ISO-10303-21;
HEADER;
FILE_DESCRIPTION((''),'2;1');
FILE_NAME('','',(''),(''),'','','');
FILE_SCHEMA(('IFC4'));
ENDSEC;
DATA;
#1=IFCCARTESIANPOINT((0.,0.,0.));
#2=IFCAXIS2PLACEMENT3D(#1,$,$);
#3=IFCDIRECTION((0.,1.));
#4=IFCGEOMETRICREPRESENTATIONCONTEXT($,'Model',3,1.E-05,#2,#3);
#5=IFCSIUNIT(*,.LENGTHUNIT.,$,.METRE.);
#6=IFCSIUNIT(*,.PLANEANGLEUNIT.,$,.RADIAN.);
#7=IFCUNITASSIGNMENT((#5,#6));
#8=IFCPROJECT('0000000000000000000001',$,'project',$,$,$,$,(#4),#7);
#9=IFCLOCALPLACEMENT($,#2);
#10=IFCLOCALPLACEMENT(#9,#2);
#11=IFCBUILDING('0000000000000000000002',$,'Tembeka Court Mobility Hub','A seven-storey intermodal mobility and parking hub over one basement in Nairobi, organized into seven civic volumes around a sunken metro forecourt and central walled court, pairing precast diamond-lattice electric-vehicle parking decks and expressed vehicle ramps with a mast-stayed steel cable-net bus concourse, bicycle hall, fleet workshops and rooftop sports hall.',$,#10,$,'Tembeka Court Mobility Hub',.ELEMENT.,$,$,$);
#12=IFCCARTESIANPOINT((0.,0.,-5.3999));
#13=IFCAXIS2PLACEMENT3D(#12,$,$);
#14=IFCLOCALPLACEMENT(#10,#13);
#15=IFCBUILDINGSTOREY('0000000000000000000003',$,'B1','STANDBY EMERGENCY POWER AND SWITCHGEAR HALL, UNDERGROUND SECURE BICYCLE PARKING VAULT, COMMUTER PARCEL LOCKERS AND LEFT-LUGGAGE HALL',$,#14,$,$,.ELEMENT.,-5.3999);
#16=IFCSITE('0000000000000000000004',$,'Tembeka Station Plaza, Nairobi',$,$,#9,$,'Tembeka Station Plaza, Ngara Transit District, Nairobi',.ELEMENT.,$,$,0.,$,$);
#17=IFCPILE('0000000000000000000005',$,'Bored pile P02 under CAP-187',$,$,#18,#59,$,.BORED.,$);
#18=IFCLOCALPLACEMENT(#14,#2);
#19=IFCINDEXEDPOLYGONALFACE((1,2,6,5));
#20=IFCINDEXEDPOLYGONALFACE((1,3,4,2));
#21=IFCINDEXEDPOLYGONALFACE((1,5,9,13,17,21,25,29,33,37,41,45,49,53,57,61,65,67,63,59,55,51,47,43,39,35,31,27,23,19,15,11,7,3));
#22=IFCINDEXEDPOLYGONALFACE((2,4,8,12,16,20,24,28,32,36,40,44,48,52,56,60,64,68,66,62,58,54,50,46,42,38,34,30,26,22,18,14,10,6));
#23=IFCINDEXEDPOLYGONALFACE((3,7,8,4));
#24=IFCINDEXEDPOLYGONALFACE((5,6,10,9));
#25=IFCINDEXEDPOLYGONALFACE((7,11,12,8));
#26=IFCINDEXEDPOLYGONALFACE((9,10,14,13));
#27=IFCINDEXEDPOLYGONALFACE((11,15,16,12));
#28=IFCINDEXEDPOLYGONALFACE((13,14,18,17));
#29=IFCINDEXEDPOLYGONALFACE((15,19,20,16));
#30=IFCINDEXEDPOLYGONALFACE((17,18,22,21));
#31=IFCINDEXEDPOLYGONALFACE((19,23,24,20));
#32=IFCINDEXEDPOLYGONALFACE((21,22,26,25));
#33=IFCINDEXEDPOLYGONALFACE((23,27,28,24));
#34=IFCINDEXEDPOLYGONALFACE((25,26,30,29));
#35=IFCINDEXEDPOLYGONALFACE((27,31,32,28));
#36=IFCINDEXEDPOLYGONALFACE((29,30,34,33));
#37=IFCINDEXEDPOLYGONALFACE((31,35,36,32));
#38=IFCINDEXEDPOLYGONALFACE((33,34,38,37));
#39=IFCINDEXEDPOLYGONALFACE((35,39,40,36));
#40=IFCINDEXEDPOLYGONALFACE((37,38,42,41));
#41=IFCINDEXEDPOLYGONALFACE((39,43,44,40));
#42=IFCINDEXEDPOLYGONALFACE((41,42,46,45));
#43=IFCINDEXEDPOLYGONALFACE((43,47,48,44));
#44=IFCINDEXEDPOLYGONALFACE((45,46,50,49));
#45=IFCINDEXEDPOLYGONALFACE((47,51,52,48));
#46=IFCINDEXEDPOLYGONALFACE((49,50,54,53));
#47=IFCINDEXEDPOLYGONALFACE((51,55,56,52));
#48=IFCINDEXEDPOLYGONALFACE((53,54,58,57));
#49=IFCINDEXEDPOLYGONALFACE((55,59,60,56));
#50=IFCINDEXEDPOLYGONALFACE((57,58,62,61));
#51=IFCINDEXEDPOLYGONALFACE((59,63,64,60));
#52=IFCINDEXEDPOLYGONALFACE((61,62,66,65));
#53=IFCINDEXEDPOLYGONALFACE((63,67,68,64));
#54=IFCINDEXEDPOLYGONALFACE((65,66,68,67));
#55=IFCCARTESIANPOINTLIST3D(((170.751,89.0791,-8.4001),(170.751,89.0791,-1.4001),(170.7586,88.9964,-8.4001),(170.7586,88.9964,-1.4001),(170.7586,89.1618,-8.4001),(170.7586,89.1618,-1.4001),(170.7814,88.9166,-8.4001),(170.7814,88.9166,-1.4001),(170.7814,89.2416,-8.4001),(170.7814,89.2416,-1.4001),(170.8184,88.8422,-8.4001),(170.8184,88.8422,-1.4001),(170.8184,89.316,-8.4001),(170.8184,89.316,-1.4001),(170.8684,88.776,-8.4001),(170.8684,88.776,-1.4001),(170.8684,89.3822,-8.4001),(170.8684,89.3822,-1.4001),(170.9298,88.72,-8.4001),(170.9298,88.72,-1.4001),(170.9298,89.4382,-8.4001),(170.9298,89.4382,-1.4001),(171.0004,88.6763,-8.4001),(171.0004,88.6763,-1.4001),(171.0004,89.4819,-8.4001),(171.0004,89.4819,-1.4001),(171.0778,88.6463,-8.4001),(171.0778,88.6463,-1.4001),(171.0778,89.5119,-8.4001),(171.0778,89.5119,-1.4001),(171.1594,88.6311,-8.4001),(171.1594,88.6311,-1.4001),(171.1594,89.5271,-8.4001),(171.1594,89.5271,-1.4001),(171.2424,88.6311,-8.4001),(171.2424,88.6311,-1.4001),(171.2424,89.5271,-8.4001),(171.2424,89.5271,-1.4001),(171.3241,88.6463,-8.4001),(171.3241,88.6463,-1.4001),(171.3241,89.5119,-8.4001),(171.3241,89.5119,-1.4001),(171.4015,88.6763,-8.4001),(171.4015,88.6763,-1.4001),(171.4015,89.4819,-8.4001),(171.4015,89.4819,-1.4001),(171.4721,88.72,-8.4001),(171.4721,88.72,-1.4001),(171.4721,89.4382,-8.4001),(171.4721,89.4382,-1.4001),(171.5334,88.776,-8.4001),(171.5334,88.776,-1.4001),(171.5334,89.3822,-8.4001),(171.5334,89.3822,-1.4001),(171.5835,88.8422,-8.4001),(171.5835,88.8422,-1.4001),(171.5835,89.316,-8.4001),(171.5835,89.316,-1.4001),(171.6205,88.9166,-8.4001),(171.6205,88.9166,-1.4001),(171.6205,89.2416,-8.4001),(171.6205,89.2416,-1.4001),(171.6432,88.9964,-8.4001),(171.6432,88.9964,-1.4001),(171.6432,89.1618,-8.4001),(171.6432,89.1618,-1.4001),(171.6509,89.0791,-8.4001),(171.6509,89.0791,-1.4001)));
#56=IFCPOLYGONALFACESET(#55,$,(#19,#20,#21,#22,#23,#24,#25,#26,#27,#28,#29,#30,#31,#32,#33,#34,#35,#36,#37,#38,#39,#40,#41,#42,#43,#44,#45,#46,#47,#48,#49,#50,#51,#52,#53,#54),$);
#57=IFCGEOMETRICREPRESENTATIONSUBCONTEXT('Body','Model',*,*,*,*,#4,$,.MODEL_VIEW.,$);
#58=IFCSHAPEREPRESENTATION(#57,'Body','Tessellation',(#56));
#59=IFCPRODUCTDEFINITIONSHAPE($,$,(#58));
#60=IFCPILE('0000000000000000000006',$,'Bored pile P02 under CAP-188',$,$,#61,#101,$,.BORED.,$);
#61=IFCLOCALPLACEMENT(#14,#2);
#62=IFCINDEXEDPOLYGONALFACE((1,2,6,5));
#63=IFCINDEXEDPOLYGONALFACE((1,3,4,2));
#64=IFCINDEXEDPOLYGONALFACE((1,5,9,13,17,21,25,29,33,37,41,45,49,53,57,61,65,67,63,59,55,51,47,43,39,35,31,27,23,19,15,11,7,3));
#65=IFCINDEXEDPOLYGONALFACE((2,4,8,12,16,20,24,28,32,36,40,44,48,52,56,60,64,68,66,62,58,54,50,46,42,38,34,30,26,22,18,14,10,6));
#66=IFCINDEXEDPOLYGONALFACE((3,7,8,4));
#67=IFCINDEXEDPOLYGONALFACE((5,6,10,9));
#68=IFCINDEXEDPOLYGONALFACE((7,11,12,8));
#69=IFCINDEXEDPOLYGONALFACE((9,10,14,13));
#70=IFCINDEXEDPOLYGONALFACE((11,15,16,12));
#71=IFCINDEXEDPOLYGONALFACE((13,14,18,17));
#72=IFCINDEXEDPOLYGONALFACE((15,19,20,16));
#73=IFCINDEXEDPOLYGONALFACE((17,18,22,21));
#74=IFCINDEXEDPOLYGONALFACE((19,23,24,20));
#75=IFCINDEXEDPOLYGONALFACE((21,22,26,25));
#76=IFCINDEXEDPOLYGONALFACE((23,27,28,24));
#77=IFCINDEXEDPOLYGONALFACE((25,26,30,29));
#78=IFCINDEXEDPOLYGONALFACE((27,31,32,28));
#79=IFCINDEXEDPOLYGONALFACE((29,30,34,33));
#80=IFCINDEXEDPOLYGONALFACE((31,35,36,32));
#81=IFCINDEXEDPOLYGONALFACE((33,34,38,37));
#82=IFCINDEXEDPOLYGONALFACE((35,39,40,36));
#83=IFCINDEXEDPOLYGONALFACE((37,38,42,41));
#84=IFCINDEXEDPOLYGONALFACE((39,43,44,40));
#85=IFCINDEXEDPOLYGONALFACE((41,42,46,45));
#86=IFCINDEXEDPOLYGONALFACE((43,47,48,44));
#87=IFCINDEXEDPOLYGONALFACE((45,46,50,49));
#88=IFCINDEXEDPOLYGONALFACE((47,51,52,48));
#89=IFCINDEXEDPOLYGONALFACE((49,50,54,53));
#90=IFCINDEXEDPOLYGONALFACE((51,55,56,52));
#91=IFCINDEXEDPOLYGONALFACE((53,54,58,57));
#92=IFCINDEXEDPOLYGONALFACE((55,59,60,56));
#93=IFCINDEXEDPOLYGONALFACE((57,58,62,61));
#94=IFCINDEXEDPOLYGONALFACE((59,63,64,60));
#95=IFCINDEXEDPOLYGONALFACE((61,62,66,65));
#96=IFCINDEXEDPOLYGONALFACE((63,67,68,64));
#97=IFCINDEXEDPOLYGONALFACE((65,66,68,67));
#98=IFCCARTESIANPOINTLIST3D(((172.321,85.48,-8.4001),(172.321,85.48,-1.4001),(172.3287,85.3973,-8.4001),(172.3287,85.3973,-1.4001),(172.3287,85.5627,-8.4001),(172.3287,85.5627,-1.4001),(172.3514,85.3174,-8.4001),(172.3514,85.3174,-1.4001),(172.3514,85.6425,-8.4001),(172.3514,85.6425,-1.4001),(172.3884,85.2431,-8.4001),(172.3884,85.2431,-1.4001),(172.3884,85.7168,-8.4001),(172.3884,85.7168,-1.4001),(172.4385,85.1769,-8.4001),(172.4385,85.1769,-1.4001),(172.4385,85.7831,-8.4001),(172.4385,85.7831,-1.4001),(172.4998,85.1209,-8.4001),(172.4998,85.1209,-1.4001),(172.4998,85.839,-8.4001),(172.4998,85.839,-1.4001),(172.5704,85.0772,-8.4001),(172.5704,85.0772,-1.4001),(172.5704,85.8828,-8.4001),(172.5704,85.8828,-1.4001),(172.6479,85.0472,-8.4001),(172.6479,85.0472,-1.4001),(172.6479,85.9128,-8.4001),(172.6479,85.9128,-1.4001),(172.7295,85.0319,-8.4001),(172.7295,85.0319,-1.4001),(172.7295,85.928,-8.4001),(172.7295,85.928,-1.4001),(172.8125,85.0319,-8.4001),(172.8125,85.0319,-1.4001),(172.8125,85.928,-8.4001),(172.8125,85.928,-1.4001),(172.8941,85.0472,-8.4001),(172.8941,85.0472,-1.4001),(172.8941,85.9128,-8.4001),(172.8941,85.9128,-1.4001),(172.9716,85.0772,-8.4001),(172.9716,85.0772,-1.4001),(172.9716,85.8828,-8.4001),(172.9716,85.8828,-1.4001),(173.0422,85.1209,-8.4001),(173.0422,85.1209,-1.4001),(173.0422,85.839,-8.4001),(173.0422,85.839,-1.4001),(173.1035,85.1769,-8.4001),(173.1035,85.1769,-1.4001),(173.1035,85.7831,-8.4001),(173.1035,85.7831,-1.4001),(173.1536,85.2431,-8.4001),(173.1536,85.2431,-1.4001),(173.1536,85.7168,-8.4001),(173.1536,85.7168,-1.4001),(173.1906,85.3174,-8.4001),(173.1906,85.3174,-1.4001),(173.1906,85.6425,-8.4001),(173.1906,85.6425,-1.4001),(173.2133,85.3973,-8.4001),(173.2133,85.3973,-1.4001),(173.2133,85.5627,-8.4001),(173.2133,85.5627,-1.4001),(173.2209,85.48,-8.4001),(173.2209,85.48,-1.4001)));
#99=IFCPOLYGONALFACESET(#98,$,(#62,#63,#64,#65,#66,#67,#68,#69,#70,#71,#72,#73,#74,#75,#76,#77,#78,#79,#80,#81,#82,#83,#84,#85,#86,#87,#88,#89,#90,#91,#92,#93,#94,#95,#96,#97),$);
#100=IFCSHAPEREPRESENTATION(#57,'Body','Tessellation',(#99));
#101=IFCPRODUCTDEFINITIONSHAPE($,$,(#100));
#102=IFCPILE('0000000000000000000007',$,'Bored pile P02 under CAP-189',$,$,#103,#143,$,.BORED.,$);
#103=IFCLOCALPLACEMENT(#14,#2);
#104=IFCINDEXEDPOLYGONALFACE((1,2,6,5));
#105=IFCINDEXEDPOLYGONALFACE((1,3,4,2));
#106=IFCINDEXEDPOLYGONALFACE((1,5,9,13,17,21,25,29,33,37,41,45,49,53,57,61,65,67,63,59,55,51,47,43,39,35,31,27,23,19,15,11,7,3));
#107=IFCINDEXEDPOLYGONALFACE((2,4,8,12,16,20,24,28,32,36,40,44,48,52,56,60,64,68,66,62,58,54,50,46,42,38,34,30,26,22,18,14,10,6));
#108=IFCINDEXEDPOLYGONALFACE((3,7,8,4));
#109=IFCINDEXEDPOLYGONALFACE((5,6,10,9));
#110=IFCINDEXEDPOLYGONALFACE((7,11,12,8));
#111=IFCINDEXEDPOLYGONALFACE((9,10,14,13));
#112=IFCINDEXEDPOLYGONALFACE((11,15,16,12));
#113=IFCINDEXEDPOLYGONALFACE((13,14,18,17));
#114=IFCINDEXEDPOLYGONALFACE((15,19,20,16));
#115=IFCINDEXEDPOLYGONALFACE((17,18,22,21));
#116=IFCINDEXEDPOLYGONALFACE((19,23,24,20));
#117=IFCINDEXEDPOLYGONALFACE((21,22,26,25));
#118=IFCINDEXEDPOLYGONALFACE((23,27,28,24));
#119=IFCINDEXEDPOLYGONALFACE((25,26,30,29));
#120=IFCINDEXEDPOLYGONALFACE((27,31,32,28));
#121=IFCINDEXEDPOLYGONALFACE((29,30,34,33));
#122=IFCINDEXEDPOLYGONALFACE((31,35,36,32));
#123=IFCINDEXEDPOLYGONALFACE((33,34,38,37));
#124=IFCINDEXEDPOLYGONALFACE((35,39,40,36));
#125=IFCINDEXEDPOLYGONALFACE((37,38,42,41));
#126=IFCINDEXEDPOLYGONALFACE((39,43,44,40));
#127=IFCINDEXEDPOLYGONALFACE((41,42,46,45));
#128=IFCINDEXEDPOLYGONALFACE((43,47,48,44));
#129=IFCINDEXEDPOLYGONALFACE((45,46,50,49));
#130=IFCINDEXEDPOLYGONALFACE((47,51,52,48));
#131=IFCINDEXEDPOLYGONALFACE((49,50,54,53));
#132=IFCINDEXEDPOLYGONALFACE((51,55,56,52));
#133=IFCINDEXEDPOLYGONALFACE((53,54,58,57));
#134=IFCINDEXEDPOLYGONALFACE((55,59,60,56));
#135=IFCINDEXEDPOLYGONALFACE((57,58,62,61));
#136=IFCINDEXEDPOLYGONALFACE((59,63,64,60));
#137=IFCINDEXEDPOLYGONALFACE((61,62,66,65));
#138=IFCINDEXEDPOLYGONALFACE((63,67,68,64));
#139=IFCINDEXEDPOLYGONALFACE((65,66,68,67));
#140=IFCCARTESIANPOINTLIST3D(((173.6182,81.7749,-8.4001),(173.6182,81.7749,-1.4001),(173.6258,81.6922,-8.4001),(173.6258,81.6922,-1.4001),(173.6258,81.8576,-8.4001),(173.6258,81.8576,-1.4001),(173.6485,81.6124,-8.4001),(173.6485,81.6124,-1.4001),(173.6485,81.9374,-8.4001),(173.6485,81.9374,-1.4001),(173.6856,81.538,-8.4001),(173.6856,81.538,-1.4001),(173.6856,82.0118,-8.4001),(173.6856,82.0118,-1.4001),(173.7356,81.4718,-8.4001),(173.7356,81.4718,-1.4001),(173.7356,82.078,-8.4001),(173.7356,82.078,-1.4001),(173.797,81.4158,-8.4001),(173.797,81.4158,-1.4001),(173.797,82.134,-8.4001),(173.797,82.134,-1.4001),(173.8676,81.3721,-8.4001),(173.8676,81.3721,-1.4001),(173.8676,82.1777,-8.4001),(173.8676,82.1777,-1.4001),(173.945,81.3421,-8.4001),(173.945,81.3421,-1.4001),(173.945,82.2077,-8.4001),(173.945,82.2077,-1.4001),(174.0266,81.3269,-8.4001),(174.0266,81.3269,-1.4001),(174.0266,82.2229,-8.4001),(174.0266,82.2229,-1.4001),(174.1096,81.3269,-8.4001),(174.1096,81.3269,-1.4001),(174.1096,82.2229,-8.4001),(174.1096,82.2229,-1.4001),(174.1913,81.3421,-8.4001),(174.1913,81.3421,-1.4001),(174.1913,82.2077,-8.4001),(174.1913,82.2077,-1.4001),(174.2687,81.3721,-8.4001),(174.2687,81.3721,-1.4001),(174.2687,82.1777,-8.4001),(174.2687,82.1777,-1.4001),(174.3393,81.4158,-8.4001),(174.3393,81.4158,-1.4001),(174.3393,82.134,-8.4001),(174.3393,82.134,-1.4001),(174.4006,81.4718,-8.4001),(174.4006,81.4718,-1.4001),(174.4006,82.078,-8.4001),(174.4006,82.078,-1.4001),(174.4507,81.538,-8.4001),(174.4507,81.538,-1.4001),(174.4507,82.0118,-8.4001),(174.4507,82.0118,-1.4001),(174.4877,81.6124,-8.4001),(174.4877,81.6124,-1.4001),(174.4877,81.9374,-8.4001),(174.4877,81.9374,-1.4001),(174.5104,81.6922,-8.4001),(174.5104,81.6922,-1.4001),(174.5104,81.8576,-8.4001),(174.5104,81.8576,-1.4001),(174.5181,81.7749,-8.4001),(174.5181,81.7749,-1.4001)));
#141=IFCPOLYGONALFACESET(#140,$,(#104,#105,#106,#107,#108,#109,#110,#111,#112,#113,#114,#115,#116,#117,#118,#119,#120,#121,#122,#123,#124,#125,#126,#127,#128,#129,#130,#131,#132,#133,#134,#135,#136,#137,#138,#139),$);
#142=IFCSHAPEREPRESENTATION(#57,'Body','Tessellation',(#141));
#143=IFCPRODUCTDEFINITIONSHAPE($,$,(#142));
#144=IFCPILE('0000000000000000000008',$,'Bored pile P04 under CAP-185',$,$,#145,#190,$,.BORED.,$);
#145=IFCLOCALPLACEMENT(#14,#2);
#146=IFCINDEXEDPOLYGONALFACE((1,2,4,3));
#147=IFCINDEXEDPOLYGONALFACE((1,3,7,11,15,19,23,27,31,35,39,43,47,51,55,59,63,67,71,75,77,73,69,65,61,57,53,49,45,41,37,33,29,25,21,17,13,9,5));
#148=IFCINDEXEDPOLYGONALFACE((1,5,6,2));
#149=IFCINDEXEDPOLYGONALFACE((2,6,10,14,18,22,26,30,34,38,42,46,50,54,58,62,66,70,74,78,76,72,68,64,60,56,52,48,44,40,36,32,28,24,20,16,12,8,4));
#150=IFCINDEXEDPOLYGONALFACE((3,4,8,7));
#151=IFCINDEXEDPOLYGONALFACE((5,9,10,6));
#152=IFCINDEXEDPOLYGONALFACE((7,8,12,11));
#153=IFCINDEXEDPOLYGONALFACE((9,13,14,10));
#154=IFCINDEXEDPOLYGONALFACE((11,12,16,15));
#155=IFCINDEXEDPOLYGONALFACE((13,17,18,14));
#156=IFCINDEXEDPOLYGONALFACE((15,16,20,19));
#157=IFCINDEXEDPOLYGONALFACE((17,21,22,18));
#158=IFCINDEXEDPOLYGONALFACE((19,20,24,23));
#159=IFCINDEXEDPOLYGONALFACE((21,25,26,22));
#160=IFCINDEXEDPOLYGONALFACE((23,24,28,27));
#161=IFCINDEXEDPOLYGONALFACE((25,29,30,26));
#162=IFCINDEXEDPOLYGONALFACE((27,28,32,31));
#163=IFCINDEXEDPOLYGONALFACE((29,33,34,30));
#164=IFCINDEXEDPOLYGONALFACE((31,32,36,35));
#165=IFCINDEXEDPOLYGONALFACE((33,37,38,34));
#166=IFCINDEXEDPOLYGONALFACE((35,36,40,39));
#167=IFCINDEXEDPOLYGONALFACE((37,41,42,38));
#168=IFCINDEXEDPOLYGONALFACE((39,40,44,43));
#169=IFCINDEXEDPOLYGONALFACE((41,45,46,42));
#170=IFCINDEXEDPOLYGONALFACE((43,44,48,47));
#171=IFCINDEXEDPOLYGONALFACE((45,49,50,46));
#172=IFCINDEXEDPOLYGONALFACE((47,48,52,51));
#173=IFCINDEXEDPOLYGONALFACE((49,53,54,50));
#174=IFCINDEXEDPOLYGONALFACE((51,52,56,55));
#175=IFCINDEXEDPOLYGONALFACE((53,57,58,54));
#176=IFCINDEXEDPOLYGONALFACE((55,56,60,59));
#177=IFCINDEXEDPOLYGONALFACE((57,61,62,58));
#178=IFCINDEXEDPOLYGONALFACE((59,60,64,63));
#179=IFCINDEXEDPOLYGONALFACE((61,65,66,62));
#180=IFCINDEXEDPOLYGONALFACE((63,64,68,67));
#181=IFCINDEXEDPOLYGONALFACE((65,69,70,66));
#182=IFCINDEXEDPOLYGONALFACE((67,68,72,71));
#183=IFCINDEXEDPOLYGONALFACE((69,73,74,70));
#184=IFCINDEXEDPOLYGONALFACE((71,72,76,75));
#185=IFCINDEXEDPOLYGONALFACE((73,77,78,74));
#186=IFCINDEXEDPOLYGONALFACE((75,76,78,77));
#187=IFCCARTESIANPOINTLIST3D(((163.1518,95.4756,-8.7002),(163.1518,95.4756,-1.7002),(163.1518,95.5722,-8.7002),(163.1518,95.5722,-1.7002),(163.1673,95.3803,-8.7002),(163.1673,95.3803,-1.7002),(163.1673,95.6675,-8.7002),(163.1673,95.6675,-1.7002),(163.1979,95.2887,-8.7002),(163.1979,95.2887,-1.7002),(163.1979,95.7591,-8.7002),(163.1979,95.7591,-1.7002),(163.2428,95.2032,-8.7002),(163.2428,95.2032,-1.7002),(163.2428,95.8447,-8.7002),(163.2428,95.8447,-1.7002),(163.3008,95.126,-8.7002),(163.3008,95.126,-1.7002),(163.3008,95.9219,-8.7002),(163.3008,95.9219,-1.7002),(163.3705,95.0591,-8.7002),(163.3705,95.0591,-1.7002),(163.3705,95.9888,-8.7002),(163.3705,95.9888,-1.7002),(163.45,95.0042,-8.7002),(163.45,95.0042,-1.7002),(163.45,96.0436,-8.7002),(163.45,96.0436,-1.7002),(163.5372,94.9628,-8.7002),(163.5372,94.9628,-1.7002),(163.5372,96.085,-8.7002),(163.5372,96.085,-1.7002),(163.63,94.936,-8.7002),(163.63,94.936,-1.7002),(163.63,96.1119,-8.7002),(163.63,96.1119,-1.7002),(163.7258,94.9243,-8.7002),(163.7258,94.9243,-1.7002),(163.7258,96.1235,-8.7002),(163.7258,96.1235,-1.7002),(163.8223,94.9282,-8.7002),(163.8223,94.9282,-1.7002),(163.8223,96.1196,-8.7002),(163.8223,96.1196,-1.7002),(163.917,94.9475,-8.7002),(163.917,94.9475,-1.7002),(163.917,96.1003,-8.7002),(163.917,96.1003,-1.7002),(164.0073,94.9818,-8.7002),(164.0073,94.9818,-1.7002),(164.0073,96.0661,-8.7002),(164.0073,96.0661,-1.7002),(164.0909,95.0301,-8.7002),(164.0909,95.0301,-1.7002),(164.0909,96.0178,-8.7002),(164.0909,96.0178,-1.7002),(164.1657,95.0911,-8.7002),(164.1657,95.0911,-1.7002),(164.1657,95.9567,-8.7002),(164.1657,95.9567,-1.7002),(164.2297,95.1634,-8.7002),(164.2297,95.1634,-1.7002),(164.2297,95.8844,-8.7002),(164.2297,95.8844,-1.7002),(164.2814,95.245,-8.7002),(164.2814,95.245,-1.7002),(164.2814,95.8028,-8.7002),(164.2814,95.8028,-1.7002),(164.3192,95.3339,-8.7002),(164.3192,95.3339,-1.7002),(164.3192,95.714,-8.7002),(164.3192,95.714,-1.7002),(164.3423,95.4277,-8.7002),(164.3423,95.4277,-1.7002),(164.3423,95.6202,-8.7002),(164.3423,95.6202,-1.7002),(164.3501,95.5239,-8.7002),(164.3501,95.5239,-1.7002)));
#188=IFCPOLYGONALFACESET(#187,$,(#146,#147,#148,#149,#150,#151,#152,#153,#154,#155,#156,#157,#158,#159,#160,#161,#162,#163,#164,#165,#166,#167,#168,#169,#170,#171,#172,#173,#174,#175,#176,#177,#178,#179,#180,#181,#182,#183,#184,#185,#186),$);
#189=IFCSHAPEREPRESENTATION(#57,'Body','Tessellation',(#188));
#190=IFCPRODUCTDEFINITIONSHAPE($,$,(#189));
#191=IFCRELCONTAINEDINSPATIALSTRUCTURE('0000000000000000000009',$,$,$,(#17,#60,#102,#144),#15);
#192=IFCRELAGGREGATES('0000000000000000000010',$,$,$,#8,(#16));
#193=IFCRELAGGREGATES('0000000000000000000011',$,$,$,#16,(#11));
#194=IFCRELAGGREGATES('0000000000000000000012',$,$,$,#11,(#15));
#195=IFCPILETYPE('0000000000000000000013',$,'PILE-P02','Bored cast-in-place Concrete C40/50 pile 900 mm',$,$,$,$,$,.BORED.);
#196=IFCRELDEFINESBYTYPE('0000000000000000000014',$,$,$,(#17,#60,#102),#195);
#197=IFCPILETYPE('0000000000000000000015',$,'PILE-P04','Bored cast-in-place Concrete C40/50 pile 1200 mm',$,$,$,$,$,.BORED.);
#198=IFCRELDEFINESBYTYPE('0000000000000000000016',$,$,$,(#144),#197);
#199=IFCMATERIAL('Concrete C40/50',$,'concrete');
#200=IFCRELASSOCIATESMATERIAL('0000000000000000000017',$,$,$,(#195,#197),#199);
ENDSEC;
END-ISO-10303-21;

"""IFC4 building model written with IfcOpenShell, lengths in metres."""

from ifc_helpers import new_model, si_unit, direction, frame, origin, origin_2d, place, context, subcontext, project, spatial, circle, extrude, material, material_profile, profile_set, type_object, element, save


model = new_model("IFC4")

# Units and contexts
model_context = context("Model", 3, precision=1e-05, world=origin(), true_north=direction((0.0, 1.0)))
body_context = subcontext(model_context, "Body", "Model", "MODEL_VIEW")
ifc_project = project(units=[si_unit("LENGTHUNIT", "METRE"), si_unit("PLANEANGLEUNIT", "RADIAN")], contexts=[model_context])

# Site, building, storey
site_placement = place(None, origin())
site = spatial("IfcSite", under=ifc_project, at=site_placement, Name="Tembeka Station Plaza, Nairobi", LongName="Tembeka Station Plaza, Ngara Transit District, Nairobi", CompositionType="ELEMENT", RefElevation=0.0)
building_placement = place(site_placement, origin())
building = spatial("IfcBuilding", under=site, at=building_placement, Name="Tembeka Court Mobility Hub", Description="A seven-storey intermodal mobility and parking hub over one basement in Nairobi, organized into seven civic volumes around a sunken metro forecourt and central walled court, pairing precast diamond-lattice electric-vehicle parking decks and expressed vehicle ramps with a mast-stayed steel cable-net bus concourse, bicycle hall, fleet workshops and rooftop sports hall.", LongName="Tembeka Court Mobility Hub", CompositionType="ELEMENT")
storey_placement = place(building_placement, frame((0.0, 0.0, -5.3999)))
storey = spatial("IfcBuildingStorey", under=building, at=storey_placement, Name="B1", Description="STANDBY EMERGENCY POWER AND SWITCHGEAR HALL, UNDERGROUND SECURE BICYCLE PARKING VAULT, COMMUTER PARCEL LOCKERS AND LEFT-LUGGAGE HALL", CompositionType="ELEMENT", Elevation=-5.3999)

# Shared definitions
ifc_material_1 = material(Name="Concrete C40/50", Category="concrete")

# Piles
ifc_material_profile_1 = material_profile(ifc_material_1, circle(Radius=0.45, at=origin_2d()), Name="PILE D900")
ifc_profile_set_1 = profile_set([ifc_material_profile_1], Name="Concrete C40/50")
pile_type_1 = type_object("IfcPileType", Name="PILE-P02", Description="Bored cast-in-place Concrete C40/50 pile 900 mm", PredefinedType="BORED", material=ifc_profile_set_1)
for number, where, z_axis, x_axis, name in (
    (1, (171.2009, 89.0791, -1.4001), (0.0, 0.0, -1.0), (1.0, 0.0, 0.0), "Bored pile P02 under CAP-187"),
    (2, (172.771, 85.48, -1.4001), (0.0, 0.0, -1.0), (1.0, 0.0, 0.0), "Bored pile P02 under CAP-188"),
    (3, (174.0681, 81.7749, -1.4001), (0.0, 0.0, -1.0), (1.0, 0.0, 0.0), "Bored pile P02 under CAP-189"),
):
    element("IfcPile", number, at=place(storey_placement, frame(where, z_axis=z_axis, x_axis=x_axis)), inside=storey, type_object=pile_type_1, Name=name, PredefinedType="BORED", context=body_context, shape_type="SweptSolid", body=[
        extrude(circle(Radius=0.45, at=origin_2d()), origin(), (0.0, 0.0, 1.0), 7.0),
    ])
ifc_material_profile_2 = material_profile(ifc_material_1, circle(Radius=0.6001, at=origin_2d()), Name="PILE D1200")
ifc_profile_set_2 = profile_set([ifc_material_profile_2], Name="Concrete C40/50")
pile_type_2 = type_object("IfcPileType", Name="PILE-P04", Description="Bored cast-in-place Concrete C40/50 pile 1200 mm", PredefinedType="BORED", material=ifc_profile_set_2)
for number, where, z_axis, x_axis, name in (
    (4, (163.75, 95.5239, -1.7002), (0.0, 0.0, -1.0), (1.0, 0.0, 0.0), "Bored pile P04 under CAP-185"),
):
    element("IfcPile", number, at=place(storey_placement, frame(where, z_axis=z_axis, x_axis=x_axis)), inside=storey, type_object=pile_type_2, Name=name, PredefinedType="BORED", context=body_context, shape_type="SweptSolid", body=[
        extrude(circle(Radius=0.6001, at=origin_2d()), origin(), (0.0, 0.0, 1.0), 7.0),
    ])

save(model, "model.ifc")
